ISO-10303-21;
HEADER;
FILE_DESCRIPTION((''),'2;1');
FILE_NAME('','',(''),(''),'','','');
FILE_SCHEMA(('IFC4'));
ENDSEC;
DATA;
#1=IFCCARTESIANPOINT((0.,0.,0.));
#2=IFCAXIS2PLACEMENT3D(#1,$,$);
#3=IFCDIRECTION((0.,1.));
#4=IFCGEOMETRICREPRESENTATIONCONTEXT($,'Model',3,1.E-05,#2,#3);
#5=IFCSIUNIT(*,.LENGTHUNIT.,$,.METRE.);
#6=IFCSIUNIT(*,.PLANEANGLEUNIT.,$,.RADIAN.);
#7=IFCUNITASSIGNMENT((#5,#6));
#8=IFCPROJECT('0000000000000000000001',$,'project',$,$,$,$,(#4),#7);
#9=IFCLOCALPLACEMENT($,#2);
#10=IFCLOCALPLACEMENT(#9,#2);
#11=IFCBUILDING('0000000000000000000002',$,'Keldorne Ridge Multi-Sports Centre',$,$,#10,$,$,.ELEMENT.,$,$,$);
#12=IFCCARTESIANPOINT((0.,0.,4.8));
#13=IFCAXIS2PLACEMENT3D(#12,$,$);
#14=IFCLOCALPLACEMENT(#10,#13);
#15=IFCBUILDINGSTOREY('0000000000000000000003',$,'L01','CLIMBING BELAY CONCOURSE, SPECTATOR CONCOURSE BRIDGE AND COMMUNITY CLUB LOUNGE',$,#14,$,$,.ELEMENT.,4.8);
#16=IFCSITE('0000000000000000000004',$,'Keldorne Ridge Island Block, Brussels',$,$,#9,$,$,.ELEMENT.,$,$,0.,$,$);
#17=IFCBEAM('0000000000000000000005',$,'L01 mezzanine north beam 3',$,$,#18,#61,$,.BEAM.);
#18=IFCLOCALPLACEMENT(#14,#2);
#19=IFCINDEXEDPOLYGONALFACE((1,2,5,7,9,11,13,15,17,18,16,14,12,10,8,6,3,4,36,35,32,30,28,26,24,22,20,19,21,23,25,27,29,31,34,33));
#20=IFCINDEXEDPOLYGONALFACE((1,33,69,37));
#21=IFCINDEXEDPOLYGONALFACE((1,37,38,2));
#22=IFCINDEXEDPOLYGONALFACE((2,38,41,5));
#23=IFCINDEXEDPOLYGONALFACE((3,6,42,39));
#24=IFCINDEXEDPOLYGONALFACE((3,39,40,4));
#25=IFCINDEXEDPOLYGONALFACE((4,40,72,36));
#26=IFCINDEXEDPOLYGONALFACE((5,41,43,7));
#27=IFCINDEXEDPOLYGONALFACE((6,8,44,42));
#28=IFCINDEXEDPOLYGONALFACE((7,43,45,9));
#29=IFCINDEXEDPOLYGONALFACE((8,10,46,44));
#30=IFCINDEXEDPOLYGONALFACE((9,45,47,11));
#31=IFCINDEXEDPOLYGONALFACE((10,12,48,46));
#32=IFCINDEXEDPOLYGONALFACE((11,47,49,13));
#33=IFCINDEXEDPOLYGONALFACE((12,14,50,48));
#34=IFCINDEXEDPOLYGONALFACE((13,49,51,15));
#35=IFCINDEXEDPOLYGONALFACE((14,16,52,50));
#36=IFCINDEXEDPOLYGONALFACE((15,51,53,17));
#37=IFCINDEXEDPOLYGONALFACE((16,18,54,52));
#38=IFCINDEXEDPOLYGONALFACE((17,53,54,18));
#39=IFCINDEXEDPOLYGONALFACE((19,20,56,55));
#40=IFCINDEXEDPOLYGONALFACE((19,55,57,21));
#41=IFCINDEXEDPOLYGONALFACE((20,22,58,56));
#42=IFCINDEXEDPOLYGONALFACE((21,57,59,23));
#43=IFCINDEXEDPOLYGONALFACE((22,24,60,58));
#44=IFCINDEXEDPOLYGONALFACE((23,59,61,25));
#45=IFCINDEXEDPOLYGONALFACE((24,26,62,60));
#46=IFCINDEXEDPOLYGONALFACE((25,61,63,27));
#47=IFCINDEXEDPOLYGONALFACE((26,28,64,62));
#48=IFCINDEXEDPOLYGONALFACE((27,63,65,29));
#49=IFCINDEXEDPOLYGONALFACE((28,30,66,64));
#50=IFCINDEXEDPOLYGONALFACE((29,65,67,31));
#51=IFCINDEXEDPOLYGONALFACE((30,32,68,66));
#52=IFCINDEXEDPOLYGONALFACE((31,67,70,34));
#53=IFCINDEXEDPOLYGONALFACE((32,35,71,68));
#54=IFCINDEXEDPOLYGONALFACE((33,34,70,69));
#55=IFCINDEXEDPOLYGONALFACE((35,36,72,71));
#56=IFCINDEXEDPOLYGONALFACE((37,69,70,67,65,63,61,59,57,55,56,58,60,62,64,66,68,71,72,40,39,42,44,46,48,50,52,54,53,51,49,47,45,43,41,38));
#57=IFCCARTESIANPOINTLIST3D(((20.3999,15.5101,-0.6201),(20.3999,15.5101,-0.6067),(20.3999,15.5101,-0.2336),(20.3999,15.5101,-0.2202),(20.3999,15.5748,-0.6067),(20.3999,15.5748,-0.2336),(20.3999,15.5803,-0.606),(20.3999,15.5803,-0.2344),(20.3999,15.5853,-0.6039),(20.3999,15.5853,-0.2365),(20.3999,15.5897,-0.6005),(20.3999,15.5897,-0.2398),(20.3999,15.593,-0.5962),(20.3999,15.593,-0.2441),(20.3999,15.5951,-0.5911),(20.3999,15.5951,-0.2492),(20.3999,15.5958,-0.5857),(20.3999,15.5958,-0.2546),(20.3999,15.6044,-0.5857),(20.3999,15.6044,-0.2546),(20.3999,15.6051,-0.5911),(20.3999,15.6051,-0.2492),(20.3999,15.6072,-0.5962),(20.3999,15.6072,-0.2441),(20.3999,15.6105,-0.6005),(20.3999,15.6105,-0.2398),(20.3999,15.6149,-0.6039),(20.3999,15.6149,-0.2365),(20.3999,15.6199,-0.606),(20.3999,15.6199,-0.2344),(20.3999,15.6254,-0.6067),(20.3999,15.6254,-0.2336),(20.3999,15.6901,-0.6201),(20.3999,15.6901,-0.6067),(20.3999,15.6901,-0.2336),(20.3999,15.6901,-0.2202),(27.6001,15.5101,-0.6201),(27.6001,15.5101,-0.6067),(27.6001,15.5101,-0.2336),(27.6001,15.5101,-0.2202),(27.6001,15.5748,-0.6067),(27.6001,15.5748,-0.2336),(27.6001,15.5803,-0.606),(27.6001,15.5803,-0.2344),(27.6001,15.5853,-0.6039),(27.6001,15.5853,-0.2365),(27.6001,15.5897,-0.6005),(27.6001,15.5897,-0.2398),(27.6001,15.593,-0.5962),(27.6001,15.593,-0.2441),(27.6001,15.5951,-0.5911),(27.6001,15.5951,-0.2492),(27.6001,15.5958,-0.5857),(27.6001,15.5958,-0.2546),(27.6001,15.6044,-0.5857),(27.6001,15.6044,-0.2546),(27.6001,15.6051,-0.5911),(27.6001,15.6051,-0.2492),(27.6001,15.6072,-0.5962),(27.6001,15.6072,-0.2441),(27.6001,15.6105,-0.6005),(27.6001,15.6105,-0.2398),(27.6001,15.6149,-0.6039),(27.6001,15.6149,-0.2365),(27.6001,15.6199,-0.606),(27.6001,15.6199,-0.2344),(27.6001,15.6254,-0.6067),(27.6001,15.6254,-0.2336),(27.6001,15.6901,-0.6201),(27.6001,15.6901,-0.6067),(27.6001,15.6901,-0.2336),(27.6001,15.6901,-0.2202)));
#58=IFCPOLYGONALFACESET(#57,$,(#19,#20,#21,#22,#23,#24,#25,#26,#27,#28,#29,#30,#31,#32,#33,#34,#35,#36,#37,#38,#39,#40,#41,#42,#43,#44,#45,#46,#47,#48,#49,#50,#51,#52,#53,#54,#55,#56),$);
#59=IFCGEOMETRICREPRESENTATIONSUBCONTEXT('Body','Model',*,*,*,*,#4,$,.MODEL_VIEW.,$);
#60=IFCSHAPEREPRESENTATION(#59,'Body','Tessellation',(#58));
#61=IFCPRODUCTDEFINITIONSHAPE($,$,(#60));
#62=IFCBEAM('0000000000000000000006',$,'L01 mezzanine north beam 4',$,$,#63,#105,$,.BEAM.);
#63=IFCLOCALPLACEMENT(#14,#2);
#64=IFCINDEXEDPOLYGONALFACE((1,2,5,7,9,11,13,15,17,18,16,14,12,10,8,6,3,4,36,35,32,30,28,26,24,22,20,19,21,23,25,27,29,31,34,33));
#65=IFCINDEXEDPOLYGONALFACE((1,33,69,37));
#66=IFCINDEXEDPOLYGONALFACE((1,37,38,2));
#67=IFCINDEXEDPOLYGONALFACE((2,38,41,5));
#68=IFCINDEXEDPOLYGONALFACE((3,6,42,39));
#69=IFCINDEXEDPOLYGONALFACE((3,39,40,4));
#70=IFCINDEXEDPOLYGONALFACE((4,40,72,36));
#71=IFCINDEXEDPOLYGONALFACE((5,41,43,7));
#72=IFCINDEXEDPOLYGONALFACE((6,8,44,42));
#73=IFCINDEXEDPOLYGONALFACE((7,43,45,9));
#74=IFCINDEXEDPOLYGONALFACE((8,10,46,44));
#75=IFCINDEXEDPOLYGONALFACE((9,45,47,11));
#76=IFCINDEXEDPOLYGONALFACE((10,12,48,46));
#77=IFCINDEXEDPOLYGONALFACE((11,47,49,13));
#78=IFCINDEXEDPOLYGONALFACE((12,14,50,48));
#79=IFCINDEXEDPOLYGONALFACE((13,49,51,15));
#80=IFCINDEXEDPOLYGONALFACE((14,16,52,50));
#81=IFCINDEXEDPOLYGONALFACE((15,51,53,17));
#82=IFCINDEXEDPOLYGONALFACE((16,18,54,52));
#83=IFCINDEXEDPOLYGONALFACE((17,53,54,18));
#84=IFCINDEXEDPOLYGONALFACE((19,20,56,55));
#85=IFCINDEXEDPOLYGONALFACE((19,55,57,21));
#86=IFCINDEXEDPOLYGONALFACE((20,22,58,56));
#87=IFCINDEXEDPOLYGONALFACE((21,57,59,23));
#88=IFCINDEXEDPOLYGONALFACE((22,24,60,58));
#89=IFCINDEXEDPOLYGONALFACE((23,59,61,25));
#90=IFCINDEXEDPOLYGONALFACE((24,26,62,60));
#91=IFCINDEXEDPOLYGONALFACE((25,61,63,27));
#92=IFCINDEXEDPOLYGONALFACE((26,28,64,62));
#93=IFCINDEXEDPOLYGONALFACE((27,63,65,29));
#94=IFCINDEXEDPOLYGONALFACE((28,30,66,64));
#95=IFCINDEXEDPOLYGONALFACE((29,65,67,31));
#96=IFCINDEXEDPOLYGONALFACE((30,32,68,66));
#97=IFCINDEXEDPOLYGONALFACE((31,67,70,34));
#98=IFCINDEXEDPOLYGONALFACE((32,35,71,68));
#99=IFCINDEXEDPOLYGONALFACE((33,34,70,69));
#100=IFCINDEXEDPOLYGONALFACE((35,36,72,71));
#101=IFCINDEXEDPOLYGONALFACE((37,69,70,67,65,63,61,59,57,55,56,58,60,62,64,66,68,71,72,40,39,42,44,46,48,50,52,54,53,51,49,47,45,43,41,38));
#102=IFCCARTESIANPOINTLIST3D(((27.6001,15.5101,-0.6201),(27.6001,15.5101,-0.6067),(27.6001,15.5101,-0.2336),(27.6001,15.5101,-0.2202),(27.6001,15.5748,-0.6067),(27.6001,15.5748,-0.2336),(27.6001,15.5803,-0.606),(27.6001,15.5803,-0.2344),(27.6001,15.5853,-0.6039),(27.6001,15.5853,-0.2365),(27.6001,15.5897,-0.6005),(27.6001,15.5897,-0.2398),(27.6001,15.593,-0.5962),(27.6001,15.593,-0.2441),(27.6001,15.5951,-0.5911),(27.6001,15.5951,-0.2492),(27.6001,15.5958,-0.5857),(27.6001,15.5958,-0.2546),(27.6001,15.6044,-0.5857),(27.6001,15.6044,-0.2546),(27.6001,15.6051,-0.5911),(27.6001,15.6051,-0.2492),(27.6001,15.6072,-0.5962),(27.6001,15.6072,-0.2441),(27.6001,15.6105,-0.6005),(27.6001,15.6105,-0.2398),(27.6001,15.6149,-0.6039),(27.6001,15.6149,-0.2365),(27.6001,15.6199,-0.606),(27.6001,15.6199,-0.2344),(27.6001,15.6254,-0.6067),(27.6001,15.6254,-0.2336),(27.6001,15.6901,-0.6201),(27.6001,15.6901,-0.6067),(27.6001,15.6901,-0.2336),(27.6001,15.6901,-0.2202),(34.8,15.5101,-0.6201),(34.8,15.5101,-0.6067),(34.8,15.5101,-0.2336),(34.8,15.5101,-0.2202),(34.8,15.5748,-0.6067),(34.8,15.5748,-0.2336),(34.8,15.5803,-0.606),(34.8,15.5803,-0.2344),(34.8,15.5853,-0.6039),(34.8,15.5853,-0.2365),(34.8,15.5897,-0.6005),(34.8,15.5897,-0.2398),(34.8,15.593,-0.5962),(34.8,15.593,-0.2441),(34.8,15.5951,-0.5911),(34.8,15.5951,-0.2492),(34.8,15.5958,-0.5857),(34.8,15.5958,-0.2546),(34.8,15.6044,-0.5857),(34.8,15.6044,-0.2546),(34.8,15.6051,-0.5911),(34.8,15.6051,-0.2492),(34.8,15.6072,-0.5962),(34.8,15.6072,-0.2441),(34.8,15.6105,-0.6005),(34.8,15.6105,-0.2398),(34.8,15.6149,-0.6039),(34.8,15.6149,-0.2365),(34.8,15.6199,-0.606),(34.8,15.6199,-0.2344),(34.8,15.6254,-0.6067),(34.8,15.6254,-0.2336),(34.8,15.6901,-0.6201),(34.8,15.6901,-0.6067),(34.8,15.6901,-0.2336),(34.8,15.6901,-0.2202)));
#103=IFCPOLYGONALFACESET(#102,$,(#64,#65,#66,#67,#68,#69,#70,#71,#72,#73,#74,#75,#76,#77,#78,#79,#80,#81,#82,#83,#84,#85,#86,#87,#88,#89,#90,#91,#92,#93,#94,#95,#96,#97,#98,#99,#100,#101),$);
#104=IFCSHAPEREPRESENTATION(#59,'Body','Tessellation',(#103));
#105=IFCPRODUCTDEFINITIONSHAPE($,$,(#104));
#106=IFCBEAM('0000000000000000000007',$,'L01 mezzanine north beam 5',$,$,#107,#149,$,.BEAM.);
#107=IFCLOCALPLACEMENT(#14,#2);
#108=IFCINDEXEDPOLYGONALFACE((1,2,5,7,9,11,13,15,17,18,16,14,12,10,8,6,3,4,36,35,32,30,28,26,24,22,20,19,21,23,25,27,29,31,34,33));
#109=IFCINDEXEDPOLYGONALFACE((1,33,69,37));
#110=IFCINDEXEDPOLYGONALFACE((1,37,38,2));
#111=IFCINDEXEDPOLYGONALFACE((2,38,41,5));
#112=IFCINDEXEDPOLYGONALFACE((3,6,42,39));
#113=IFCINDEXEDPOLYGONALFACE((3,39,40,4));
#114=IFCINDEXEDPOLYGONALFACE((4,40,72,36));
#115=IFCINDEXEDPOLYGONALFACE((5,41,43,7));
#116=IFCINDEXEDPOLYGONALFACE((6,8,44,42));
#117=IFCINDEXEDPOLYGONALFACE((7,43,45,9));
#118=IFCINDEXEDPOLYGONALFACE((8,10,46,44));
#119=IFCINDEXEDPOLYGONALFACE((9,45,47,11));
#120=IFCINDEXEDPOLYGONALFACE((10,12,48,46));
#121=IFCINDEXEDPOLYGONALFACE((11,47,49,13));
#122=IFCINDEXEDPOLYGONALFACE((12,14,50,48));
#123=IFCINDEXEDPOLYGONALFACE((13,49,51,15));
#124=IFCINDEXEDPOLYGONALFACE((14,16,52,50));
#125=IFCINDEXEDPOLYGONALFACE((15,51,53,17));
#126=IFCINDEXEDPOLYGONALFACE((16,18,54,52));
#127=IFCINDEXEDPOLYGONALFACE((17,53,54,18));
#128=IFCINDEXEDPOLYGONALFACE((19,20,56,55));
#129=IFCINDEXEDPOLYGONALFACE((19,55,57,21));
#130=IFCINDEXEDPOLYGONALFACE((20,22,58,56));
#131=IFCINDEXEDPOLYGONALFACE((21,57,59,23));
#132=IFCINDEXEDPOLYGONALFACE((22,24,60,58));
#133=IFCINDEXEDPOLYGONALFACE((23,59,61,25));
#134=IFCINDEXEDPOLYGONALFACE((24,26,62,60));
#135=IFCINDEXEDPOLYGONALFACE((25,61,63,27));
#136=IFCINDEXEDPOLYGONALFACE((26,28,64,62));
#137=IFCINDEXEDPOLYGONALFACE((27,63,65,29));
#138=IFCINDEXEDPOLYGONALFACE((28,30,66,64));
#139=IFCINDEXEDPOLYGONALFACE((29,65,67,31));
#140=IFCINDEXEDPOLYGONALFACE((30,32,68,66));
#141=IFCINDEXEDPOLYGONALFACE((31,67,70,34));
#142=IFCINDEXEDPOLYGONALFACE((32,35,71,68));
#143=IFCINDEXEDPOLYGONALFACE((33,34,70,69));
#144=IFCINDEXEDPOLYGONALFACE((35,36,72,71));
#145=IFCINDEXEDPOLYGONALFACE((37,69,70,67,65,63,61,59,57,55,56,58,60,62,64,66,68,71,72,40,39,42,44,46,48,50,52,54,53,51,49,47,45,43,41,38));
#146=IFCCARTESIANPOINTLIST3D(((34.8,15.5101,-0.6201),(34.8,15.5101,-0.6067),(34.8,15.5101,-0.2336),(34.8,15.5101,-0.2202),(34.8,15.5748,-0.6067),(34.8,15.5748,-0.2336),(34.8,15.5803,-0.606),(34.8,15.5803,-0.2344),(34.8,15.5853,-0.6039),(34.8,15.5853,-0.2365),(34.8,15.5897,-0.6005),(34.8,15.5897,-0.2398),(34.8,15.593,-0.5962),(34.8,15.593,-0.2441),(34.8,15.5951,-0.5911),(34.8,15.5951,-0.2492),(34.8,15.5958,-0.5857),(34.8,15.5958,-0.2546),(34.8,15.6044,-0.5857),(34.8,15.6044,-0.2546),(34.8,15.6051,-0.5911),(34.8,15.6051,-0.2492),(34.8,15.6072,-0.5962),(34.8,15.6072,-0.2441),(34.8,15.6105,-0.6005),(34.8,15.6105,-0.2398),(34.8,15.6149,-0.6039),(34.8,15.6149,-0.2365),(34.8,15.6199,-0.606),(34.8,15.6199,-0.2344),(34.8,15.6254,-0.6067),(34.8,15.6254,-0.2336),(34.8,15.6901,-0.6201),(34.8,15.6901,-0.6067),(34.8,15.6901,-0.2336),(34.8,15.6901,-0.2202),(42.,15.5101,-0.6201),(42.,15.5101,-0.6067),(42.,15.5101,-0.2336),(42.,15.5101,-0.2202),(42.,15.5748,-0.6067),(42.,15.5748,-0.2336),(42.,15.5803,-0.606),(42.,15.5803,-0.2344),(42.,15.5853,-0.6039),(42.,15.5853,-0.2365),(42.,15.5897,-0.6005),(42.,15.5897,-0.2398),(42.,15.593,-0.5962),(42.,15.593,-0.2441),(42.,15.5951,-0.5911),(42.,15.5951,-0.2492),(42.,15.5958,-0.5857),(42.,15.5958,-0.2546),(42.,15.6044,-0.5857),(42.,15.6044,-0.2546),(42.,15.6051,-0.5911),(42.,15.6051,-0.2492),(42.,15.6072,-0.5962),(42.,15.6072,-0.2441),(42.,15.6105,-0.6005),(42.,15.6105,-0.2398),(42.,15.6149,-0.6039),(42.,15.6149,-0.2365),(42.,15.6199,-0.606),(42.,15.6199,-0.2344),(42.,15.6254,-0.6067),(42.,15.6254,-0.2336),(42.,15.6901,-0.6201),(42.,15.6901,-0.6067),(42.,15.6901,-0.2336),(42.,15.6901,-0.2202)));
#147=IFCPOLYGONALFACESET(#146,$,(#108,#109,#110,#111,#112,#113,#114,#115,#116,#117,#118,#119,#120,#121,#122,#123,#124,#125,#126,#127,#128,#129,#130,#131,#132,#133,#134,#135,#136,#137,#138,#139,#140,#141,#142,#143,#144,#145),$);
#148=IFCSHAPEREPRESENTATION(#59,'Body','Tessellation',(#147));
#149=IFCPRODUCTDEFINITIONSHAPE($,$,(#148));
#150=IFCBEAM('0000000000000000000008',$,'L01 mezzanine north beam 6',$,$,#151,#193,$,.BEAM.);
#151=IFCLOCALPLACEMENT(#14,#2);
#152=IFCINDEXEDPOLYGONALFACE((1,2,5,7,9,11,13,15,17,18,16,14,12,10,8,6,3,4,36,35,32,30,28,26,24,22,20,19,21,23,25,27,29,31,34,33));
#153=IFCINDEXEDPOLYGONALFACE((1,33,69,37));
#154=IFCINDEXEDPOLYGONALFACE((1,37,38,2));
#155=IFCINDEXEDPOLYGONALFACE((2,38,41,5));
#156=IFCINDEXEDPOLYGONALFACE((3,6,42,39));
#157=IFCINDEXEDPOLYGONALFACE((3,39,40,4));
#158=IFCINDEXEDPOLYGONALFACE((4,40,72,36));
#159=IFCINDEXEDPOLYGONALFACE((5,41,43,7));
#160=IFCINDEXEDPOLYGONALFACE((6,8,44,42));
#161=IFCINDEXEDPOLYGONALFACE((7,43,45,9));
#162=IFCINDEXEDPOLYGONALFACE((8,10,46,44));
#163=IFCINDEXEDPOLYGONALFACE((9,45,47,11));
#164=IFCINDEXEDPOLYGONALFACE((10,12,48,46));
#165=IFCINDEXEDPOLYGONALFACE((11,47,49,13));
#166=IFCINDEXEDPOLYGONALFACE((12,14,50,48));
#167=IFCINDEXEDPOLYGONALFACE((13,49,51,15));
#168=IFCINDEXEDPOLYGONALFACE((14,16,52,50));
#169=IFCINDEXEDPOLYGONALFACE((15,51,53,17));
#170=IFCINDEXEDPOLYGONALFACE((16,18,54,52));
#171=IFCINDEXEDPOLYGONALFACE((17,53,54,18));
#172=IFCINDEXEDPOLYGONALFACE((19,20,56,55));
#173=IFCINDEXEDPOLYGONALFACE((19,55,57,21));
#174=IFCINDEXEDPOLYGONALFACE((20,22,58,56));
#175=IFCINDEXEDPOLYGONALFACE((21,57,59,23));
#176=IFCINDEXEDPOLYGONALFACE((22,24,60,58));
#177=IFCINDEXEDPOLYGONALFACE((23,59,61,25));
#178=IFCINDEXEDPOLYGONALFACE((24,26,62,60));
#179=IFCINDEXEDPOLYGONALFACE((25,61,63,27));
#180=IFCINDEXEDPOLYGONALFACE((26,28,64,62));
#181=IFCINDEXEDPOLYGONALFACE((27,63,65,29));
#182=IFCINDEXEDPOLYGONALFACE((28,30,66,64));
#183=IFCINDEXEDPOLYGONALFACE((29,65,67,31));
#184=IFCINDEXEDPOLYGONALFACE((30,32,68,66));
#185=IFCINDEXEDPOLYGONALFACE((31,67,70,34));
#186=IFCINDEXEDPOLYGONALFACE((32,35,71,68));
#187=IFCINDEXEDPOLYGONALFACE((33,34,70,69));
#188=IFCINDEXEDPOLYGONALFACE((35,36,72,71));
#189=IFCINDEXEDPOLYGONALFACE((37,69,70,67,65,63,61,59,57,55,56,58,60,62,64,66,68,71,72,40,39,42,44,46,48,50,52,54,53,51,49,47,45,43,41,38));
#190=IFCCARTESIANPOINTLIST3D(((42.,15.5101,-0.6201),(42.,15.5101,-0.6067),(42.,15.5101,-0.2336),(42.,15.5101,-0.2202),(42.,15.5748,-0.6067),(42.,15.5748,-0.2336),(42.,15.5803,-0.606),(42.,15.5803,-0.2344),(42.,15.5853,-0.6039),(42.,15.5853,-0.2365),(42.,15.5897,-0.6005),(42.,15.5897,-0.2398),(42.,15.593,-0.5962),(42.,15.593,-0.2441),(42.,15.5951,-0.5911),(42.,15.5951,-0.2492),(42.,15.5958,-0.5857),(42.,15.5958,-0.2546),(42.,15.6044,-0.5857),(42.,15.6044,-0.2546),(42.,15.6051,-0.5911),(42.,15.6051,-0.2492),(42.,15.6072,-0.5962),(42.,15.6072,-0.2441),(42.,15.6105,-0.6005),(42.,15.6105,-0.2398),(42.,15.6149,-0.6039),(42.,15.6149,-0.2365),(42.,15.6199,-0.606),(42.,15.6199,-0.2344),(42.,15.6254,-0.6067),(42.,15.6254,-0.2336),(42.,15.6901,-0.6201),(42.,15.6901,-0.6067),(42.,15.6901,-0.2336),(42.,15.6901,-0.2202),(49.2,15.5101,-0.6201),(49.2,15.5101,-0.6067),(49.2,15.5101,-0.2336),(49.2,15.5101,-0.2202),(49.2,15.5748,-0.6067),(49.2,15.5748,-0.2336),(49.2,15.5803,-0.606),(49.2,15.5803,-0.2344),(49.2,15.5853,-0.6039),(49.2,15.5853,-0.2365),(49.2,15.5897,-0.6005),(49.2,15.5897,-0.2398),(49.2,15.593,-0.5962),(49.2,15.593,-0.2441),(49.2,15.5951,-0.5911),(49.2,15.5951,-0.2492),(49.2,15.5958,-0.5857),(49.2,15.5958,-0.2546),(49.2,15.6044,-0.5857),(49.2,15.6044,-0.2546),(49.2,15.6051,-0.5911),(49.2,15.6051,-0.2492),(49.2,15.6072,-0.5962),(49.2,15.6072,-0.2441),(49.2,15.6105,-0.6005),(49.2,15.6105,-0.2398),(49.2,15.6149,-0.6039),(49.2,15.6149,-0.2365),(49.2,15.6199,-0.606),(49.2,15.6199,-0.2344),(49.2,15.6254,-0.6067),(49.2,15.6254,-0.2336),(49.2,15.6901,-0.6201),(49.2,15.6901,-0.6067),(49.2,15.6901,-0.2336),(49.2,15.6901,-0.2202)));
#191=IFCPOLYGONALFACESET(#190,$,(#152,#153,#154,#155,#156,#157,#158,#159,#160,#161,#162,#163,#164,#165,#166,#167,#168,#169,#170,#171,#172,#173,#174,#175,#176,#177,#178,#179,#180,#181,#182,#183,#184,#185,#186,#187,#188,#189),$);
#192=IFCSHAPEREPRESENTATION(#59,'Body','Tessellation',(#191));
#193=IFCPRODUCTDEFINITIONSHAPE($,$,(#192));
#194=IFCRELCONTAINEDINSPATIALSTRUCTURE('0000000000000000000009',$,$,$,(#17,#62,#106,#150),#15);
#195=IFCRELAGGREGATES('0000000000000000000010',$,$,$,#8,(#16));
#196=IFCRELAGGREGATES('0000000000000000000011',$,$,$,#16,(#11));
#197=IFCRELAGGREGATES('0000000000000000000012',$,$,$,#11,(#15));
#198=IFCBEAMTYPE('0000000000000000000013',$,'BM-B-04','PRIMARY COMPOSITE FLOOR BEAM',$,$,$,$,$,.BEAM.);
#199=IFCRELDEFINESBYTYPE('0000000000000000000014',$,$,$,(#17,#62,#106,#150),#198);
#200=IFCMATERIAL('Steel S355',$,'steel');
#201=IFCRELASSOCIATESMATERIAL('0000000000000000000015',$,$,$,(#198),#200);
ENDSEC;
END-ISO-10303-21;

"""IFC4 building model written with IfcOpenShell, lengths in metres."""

from ifc_helpers import new_model, si_unit, direction, frame, origin, origin_2d, place, context, subcontext, project, spatial, i_section, extrude, material, material_profile, profile_set, type_object, element, save


model = new_model("IFC4")

# Units and contexts
model_context = context("Model", 3, precision=1e-05, world=origin(), true_north=direction((0.0, 1.0)))
body_context = subcontext(model_context, "Body", "Model", "MODEL_VIEW")
ifc_project = project(units=[si_unit("LENGTHUNIT", "METRE"), si_unit("PLANEANGLEUNIT", "RADIAN")], contexts=[model_context])

# Site, building, storey
site_placement = place(None, origin())
site = spatial("IfcSite", under=ifc_project, at=site_placement, Name="Keldorne Ridge Island Block, Brussels", CompositionType="ELEMENT", RefElevation=0.0)
building_placement = place(site_placement, origin())
building = spatial("IfcBuilding", under=site, at=building_placement, Name="Keldorne Ridge Multi-Sports Centre", CompositionType="ELEMENT")
storey_placement = place(building_placement, frame((0.0, 0.0, 4.8)))
storey = spatial("IfcBuildingStorey", under=building, at=storey_placement, Name="L01", Description="CLIMBING BELAY CONCOURSE, SPECTATOR CONCOURSE BRIDGE AND COMMUNITY CLUB LOUNGE", CompositionType="ELEMENT", Elevation=4.8)

# Shared definitions
ifc_material_1 = material(Name="Steel S355", Category="steel")

# Beams
ifc_material_profile_1 = material_profile(ifc_material_1, i_section(OverallWidth=0.1799, OverallDepth=0.3999, WebThickness=0.0085, FlangeThickness=0.0134, FilletRadius=0.021, at=origin_2d()), Name="IPE 400")
ifc_profile_set_1 = profile_set([ifc_material_profile_1], Name="Steel S355")
beam_type_1 = type_object("IfcBeamType", Name="BM-B-04", Description="PRIMARY COMPOSITE FLOOR BEAM", PredefinedType="BEAM", material=ifc_profile_set_1)
beam_1_placement = place(storey_placement, frame((20.3999, 15.6001, -0.4202), z_axis=(1.0, 0.0, 0.0), x_axis=(0.0, 1.0, 0.0)))
element("IfcBeam", 1, at=beam_1_placement, inside=storey, type_object=beam_type_1, Name="L01 mezzanine north beam 3", PredefinedType="BEAM", context=body_context, shape_type="SweptSolid", body=[
    extrude(i_section(OverallWidth=0.1799, OverallDepth=0.3999, WebThickness=0.0085, FlangeThickness=0.0134, FilletRadius=0.021, at=origin_2d()), origin(), (0.0, 0.0, 1.0), 7.2002),
])
for number, where, z_axis, x_axis, name in (
    (2, (27.6001, 15.6001, -0.4202), (1.0, 0.0, 0.0), (0.0, 1.0, 0.0), "L01 mezzanine north beam 4"),
    (3, (34.8, 15.6001, -0.4202), (1.0, 0.0, 0.0), (0.0, 1.0, 0.0), "L01 mezzanine north beam 5"),
    (4, (42.0, 15.6001, -0.4202), (1.0, 0.0, 0.0), (0.0, 1.0, 0.0), "L01 mezzanine north beam 6"),
):
    element("IfcBeam", number, at=place(storey_placement, frame(where, z_axis=z_axis, x_axis=x_axis)), inside=storey, type_object=beam_type_1, Name=name, PredefinedType="BEAM", context=body_context, shape_type="SweptSolid", body=[
        extrude(i_section(OverallWidth=0.1799, OverallDepth=0.3999, WebThickness=0.0085, FlangeThickness=0.0134, FilletRadius=0.021, at=origin_2d()), origin(), (0.0, 0.0, 1.0), 7.2),
    ])

save(model, "model.ifc")
